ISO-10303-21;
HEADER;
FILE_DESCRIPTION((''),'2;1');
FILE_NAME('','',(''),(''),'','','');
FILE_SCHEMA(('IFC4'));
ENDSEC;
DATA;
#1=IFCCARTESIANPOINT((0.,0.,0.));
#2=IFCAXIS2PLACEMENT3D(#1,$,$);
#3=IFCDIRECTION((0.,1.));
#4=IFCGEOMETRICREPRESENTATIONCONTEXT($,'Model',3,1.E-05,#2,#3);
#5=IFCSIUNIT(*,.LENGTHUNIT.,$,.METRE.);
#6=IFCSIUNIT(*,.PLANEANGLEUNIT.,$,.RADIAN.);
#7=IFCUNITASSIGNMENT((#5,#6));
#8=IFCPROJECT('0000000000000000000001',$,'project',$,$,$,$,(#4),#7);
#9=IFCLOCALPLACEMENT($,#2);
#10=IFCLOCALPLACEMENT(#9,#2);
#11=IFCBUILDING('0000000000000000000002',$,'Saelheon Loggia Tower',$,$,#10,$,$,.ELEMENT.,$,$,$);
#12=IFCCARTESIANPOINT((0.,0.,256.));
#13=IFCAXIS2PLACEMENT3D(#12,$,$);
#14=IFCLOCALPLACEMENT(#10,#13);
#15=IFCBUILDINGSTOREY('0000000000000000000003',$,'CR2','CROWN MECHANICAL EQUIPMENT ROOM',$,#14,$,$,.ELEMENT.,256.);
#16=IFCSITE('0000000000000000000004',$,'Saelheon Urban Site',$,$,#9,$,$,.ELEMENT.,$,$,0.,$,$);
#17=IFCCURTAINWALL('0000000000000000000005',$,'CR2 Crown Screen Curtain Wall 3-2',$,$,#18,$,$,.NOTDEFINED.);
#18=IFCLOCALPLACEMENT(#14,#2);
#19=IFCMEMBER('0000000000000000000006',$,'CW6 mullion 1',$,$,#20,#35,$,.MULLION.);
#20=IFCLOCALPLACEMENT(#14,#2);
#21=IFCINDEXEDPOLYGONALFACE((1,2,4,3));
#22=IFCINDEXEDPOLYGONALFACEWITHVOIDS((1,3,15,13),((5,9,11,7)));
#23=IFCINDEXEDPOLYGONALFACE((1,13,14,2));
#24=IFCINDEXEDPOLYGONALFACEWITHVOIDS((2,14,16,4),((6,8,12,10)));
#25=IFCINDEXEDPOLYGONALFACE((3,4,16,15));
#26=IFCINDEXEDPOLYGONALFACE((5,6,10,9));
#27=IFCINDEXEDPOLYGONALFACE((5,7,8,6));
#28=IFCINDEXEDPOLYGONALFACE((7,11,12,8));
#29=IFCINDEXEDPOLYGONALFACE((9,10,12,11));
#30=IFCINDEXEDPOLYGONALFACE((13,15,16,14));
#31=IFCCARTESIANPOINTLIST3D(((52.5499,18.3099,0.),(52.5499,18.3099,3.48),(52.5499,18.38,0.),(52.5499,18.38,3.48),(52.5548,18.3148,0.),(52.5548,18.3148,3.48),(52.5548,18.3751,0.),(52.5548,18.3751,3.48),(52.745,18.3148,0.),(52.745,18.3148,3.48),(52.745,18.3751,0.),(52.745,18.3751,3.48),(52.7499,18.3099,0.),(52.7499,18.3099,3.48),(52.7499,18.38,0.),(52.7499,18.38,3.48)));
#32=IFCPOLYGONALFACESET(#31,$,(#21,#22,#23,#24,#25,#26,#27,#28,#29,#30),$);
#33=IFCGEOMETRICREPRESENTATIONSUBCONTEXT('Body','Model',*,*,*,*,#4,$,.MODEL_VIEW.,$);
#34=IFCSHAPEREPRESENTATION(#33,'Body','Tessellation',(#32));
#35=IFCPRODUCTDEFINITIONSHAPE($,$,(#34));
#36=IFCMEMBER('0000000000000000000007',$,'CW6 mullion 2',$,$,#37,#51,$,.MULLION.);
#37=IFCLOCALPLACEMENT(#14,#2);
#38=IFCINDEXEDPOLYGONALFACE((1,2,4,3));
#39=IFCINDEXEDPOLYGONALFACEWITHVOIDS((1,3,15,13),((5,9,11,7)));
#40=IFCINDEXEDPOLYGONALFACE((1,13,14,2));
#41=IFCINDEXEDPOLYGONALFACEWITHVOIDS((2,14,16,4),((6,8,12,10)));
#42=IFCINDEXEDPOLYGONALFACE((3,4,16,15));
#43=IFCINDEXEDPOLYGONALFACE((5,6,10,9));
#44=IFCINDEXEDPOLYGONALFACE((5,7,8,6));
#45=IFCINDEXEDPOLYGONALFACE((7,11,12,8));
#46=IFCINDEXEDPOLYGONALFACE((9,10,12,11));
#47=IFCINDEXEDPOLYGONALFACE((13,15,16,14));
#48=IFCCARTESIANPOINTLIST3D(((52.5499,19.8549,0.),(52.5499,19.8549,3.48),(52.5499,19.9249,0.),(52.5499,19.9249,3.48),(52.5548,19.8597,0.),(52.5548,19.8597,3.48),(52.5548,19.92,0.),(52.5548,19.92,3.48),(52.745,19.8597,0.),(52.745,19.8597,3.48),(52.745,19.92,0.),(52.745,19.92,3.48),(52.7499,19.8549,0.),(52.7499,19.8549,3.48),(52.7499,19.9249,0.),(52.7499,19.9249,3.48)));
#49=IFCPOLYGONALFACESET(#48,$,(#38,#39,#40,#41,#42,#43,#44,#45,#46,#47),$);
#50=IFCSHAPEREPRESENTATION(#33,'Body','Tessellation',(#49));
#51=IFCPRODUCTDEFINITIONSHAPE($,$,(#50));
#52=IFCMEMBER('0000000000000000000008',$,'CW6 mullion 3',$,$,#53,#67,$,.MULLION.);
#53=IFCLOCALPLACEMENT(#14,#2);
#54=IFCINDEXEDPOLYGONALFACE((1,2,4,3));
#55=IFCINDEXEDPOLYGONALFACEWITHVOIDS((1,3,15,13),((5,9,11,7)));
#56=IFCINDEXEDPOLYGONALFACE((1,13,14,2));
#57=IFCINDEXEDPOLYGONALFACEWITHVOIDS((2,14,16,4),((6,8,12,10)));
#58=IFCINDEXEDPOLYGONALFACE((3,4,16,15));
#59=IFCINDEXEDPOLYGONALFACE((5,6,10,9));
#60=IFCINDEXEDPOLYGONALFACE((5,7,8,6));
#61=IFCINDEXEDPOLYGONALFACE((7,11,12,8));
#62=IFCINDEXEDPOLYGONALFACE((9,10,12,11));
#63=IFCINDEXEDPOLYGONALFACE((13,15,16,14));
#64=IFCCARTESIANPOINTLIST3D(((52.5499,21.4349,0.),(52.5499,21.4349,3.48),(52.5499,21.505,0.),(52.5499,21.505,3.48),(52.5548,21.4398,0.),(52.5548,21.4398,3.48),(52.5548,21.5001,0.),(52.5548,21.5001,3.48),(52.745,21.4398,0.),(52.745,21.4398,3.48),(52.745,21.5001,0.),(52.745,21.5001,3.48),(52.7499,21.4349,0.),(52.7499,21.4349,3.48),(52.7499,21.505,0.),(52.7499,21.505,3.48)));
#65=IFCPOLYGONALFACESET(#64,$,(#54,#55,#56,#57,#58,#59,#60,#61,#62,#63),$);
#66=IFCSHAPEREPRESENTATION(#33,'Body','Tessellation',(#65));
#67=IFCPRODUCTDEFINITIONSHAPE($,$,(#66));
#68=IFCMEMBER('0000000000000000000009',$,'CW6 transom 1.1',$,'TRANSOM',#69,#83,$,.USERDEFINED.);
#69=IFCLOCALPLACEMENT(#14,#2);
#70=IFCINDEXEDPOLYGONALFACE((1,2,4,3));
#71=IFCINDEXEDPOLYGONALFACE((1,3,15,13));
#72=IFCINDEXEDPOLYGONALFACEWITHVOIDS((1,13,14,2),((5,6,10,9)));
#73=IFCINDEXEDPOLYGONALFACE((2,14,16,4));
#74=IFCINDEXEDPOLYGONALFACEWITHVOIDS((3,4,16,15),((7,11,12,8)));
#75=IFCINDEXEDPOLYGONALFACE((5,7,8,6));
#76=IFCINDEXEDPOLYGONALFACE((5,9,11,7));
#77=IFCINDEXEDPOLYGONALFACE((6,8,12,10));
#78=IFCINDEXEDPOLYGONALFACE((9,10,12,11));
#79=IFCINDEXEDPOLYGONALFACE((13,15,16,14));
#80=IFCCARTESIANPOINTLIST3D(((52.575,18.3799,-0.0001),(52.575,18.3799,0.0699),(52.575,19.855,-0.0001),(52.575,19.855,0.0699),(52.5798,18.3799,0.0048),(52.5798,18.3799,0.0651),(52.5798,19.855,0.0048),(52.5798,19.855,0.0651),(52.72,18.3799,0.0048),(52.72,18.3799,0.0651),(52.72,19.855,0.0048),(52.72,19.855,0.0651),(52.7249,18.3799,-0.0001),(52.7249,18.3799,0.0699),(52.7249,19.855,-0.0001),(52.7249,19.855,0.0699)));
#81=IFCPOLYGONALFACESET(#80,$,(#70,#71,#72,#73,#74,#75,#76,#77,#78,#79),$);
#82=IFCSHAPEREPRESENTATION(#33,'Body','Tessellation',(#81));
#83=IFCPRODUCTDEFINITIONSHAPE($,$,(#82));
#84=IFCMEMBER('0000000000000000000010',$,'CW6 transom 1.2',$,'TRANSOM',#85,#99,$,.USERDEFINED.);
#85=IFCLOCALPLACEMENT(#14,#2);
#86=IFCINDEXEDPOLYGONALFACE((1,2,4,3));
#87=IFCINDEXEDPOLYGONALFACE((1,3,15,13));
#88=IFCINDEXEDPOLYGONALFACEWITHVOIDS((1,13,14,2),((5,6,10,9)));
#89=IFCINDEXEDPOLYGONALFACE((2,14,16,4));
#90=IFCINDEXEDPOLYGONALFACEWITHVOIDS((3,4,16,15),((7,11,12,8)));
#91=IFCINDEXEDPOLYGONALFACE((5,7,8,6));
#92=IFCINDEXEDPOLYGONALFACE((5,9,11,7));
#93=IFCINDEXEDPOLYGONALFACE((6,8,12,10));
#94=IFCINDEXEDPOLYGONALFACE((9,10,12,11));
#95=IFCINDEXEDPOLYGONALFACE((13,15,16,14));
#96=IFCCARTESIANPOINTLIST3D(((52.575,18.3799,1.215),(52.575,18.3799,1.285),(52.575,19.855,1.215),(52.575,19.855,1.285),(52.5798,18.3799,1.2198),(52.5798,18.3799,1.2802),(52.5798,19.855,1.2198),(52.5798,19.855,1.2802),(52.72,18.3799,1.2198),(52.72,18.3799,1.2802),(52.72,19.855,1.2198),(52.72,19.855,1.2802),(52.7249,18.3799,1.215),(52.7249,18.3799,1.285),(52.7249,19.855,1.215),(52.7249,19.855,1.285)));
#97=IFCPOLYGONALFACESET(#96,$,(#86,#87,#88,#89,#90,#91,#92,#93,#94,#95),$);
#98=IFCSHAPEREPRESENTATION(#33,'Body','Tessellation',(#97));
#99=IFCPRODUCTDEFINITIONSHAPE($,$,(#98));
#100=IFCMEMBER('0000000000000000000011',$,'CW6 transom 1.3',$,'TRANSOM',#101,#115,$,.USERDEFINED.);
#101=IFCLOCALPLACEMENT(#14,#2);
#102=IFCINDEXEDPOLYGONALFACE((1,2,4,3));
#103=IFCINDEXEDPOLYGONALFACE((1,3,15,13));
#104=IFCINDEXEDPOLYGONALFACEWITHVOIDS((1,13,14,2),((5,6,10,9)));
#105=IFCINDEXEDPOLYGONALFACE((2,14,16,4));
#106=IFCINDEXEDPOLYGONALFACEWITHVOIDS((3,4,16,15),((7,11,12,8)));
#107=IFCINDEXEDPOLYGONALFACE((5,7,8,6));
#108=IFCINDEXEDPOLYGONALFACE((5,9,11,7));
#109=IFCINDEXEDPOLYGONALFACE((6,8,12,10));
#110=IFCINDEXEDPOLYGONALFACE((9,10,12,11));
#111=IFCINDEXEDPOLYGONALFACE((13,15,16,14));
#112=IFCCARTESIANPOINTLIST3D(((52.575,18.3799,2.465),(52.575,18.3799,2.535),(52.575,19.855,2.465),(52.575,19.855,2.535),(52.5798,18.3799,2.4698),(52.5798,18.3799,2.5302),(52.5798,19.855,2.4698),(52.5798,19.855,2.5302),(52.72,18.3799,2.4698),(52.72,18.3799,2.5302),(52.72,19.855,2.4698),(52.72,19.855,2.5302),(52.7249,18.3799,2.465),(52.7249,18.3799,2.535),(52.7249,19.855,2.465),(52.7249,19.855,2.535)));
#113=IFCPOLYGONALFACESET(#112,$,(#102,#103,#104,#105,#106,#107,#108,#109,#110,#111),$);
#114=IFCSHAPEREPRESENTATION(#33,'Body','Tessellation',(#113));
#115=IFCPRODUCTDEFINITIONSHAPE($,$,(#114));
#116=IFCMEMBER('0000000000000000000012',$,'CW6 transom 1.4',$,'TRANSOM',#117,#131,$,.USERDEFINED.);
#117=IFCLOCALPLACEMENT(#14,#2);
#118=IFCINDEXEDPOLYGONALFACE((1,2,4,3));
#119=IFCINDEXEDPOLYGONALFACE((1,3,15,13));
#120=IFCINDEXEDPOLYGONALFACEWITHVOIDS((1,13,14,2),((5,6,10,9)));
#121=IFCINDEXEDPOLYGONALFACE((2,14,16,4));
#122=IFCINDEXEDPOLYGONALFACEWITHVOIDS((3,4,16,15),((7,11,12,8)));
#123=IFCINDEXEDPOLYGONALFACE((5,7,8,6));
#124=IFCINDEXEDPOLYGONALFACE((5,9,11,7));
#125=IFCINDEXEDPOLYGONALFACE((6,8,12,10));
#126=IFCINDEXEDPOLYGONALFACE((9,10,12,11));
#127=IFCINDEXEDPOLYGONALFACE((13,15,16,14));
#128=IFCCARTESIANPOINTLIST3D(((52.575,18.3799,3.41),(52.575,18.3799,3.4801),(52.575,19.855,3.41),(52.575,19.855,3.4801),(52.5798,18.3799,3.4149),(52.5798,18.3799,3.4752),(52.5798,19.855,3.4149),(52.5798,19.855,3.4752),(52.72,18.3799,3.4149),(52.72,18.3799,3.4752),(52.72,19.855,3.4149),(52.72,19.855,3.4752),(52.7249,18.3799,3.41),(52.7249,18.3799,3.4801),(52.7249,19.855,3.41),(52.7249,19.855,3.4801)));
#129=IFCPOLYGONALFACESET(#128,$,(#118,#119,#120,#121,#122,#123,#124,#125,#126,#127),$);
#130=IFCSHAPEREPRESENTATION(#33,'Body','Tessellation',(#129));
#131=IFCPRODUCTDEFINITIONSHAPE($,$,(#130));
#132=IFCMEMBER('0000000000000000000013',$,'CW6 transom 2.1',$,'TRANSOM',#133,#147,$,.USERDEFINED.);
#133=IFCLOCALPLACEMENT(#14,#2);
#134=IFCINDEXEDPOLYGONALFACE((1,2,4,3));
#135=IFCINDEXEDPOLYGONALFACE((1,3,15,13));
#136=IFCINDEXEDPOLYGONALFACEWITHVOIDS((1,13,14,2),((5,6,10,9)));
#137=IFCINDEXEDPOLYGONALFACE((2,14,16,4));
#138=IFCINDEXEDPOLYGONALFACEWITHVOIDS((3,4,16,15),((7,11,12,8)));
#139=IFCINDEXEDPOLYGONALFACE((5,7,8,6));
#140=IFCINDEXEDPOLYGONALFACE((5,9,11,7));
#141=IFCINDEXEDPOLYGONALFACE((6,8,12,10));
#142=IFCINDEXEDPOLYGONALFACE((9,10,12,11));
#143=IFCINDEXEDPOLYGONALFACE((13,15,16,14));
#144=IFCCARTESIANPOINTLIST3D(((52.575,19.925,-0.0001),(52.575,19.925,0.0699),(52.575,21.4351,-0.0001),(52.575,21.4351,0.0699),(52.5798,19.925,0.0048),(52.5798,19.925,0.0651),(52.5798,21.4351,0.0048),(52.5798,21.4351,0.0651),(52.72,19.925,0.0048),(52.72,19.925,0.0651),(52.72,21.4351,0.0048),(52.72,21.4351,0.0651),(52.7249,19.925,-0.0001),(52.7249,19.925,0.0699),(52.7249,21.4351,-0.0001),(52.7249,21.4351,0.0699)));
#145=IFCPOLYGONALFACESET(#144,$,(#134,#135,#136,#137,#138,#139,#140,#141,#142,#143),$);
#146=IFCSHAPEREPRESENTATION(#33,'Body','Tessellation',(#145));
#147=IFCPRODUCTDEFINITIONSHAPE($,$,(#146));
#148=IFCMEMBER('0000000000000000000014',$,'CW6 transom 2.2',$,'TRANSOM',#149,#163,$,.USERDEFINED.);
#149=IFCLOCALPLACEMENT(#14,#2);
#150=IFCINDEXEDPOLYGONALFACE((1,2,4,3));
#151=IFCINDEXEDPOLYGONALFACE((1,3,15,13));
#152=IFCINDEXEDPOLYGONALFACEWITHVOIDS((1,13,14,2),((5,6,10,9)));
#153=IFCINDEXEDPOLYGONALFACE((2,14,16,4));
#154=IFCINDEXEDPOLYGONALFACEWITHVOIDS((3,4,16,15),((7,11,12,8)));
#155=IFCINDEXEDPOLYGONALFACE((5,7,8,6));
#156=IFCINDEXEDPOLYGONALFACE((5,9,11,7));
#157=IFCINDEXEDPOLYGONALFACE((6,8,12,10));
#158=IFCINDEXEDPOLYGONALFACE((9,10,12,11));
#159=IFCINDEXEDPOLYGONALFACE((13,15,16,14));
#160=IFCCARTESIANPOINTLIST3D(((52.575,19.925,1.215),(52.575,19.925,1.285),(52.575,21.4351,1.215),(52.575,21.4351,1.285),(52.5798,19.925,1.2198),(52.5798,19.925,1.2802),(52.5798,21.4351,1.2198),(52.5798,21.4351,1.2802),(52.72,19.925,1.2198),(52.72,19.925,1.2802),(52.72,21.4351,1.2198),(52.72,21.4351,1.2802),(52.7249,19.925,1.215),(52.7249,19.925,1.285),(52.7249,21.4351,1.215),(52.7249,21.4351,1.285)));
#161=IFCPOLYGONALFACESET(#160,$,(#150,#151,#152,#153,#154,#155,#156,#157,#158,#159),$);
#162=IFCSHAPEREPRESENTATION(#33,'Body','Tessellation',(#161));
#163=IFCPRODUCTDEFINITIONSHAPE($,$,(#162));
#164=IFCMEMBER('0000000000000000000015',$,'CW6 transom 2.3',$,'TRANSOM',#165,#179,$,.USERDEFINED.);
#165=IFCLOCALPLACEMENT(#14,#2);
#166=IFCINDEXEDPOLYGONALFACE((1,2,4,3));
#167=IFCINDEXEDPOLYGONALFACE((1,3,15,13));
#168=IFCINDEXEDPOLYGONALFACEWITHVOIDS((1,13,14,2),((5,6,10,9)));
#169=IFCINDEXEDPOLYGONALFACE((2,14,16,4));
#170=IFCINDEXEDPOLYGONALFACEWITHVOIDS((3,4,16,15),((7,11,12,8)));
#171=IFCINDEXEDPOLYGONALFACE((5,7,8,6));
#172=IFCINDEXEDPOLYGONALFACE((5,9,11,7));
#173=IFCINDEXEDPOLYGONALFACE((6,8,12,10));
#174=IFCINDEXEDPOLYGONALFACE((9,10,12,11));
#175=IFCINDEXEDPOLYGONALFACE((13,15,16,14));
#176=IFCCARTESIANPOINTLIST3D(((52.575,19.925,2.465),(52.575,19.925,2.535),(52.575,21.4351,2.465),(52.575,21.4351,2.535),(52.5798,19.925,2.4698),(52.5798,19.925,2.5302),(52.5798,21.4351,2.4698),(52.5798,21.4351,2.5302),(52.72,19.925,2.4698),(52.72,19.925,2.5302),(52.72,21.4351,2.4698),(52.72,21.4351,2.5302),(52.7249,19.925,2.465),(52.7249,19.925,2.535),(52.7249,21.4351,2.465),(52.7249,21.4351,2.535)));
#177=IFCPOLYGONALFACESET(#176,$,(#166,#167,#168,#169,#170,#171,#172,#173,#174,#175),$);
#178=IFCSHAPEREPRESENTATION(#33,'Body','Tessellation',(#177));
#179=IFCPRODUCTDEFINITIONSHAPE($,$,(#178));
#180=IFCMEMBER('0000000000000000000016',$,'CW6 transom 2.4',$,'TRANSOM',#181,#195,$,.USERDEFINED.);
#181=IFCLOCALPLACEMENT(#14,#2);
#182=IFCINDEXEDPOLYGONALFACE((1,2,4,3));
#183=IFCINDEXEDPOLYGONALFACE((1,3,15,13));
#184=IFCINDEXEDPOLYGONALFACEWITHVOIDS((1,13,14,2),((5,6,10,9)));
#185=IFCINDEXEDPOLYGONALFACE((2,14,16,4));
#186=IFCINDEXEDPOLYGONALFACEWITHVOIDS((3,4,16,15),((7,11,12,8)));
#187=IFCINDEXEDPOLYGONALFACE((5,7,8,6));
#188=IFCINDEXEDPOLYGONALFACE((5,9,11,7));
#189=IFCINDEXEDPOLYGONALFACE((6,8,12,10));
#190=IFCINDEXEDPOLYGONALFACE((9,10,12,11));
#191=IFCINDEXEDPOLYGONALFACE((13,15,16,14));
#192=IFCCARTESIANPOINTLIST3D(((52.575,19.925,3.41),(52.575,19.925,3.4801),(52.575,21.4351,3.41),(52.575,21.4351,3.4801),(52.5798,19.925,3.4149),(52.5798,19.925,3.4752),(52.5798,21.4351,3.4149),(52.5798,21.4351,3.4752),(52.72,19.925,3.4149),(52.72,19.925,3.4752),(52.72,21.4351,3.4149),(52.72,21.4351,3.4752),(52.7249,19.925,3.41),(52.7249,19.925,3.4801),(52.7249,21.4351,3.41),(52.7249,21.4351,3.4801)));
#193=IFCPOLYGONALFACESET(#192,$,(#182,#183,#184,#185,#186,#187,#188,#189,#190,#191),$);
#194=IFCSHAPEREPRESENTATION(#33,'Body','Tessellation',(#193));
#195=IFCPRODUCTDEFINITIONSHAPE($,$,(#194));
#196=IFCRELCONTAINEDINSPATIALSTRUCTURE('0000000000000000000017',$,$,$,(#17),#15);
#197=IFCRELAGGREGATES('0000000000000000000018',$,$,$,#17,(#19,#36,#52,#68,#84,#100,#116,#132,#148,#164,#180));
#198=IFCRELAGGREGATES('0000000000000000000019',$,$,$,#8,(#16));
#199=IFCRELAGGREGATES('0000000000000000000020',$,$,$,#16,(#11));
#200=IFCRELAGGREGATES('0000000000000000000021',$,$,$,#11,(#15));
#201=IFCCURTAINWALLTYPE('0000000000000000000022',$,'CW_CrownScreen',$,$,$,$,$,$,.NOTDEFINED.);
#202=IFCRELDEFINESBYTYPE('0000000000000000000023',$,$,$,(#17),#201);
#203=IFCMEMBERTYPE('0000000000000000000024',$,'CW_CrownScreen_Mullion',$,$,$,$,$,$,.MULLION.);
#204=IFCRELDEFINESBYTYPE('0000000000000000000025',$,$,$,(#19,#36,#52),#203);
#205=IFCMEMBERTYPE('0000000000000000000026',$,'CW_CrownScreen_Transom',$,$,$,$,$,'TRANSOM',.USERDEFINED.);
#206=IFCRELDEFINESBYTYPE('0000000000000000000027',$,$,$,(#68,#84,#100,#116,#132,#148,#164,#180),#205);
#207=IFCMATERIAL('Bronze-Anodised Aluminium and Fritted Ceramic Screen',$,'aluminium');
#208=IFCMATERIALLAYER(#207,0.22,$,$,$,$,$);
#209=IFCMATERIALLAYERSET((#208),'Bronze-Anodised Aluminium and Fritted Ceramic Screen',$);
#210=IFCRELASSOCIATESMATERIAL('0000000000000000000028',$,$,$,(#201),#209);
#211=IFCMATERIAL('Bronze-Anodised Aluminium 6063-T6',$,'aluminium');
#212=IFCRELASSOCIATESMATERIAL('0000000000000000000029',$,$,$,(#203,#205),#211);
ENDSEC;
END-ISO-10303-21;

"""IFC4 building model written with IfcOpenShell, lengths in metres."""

from ifc_helpers import new_model, si_unit, direction, frame, origin, origin_2d, place, context, subcontext, project, spatial, hollow_rectangle, extrude, source, transform, mapped, material, layer, layer_set, material_profile, profile_set, type_object, element, aggregate, save


model = new_model("IFC4")

# Units and contexts
model_context = context("Model", 3, precision=1e-05, world=origin(), true_north=direction((0.0, 1.0)))
body_context = subcontext(model_context, "Body", "Model", "MODEL_VIEW")
ifc_project = project(units=[si_unit("LENGTHUNIT", "METRE"), si_unit("PLANEANGLEUNIT", "RADIAN")], contexts=[model_context])

# Site, building, storey
site_placement = place(None, origin())
site = spatial("IfcSite", under=ifc_project, at=site_placement, Name="Saelheon Urban Site", CompositionType="ELEMENT", RefElevation=0.0)
building_placement = place(site_placement, origin())
building = spatial("IfcBuilding", under=site, at=building_placement, Name="Saelheon Loggia Tower", CompositionType="ELEMENT")
storey_placement = place(building_placement, frame((0.0, 0.0, 256.0)))
storey = spatial("IfcBuildingStorey", under=building, at=storey_placement, Name="CR2", Description="CROWN MECHANICAL EQUIPMENT ROOM", CompositionType="ELEMENT", Elevation=256.0)

# Curtain wall, members
ifc_material_1 = material(Name="Bronze-Anodised Aluminium and Fritted Ceramic Screen", Category="aluminium")
ifc_layer_1 = layer(ifc_material_1, 0.22)
ifc_layer_set_1 = layer_set([ifc_layer_1], Name="Bronze-Anodised Aluminium and Fritted Ceramic Screen")
curtain_wall_type = type_object("IfcCurtainWallType", Name="CW_CrownScreen", PredefinedType="NOTDEFINED", material=ifc_layer_set_1)
curtain_wall_placement = place(storey_placement, origin())
curtain_wall = element("IfcCurtainWall", 1, at=curtain_wall_placement, inside=storey, type_object=curtain_wall_type, Name="CR2 Crown Screen Curtain Wall 3-2", PredefinedType="NOTDEFINED")
ifc_material_2 = material(Name="Bronze-Anodised Aluminium 6063-T6", Category="aluminium")
ifc_material_profile_1 = material_profile(ifc_material_2, hollow_rectangle(XDim=0.0701, YDim=0.2, WallThickness=0.0049, at=origin_2d()), Name="RHS-200x70x5")
ifc_profile_set_1 = profile_set([ifc_material_profile_1], Name="Bronze-Anodised Aluminium 6063-T6")
member_type_1 = type_object("IfcMemberType", Name="CW_CrownScreen_Mullion", PredefinedType="MULLION", material=ifc_profile_set_1)
shared_shape_1 = source(origin(), body_context, "Body", "SweptSolid", [
    extrude(hollow_rectangle(XDim=0.0701, YDim=0.2, WallThickness=0.0049, at=origin_2d()), origin(), (0.0, 0.0, 1.0), 3.48),
])
member_1_placement = place(storey_placement, frame((52.6499, 18.345, 0.0), z_axis=(0.0, 0.0, 1.0), x_axis=(0.0, 1.0, 0.0)))
member_1 = element("IfcMember", 2, at=member_1_placement, type_object=member_type_1, Name="CW6 mullion 1", PredefinedType="MULLION", context=body_context, shape_type="MappedRepresentation", body=[
    mapped(shared_shape_1, transform((0.0, 0.0, 0.0), scale=1.0)),
])
member_2_placement = place(storey_placement, frame((52.6499, 19.8899, 0.0), z_axis=(0.0, 0.0, 1.0), x_axis=(0.0, 1.0, 0.0)))
member_2 = element("IfcMember", 3, at=member_2_placement, type_object=member_type_1, Name="CW6 mullion 2", PredefinedType="MULLION", context=body_context, shape_type="MappedRepresentation", body=[
    mapped(shared_shape_1, transform((0.0, 0.0, 0.0), scale=1.0)),
])
member_3_placement = place(storey_placement, frame((52.6499, 21.47, 0.0), z_axis=(0.0, 0.0, 1.0), x_axis=(0.0, 1.0, 0.0)))
member_3 = element("IfcMember", 4, at=member_3_placement, type_object=member_type_1, Name="CW6 mullion 3", PredefinedType="MULLION", context=body_context, shape_type="MappedRepresentation", body=[
    mapped(shared_shape_1, transform((0.0, 0.0, 0.0), scale=1.0)),
])
ifc_material_profile_2 = material_profile(ifc_material_2, hollow_rectangle(XDim=0.0701, YDim=0.1499, WallThickness=0.0049, at=origin_2d()), Name="RHS-150x70x5")
ifc_profile_set_2 = profile_set([ifc_material_profile_2], Name="Bronze-Anodised Aluminium 6063-T6")
member_type_2 = type_object("IfcMemberType", Name="CW_CrownScreen_Transom", ElementType="TRANSOM", PredefinedType="USERDEFINED", material=ifc_profile_set_2)
shared_shape_2 = source(origin(), body_context, "Body", "SweptSolid", [
    extrude(hollow_rectangle(XDim=0.0701, YDim=0.1499, WallThickness=0.0049, at=origin_2d()), origin(), (0.0, 0.0, 1.0), 1.4751),
])
member_4_placement = place(storey_placement, frame((52.6499, 18.3799, 0.0349), z_axis=(0.0, 1.0, 0.0), x_axis=(0.0, 0.0, 1.0)))
member_4 = element("IfcMember", 5, at=member_4_placement, type_object=member_type_2, Name="CW6 transom 1.1", ObjectType="TRANSOM", PredefinedType="USERDEFINED", context=body_context, shape_type="MappedRepresentation", body=[
    mapped(shared_shape_2, transform((0.0, 0.0, 0.0), scale=1.0)),
])
member_5_placement = place(storey_placement, frame((52.6499, 18.3799, 1.25), z_axis=(0.0, 1.0, 0.0), x_axis=(0.0, 0.0, 1.0)))
member_5 = element("IfcMember", 6, at=member_5_placement, type_object=member_type_2, Name="CW6 transom 1.2", ObjectType="TRANSOM", PredefinedType="USERDEFINED", context=body_context, shape_type="MappedRepresentation", body=[
    mapped(shared_shape_2, transform((0.0, 0.0, 0.0), scale=1.0)),
])
member_6_placement = place(storey_placement, frame((52.6499, 18.3799, 2.5), z_axis=(0.0, 1.0, 0.0), x_axis=(0.0, 0.0, 1.0)))
member_6 = element("IfcMember", 7, at=member_6_placement, type_object=member_type_2, Name="CW6 transom 1.3", ObjectType="TRANSOM", PredefinedType="USERDEFINED", context=body_context, shape_type="MappedRepresentation", body=[
    mapped(shared_shape_2, transform((0.0, 0.0, 0.0), scale=1.0)),
])
member_7_placement = place(storey_placement, frame((52.6499, 18.3799, 3.4451), z_axis=(0.0, 1.0, 0.0), x_axis=(0.0, 0.0, 1.0)))
member_7 = element("IfcMember", 8, at=member_7_placement, type_object=member_type_2, Name="CW6 transom 1.4", ObjectType="TRANSOM", PredefinedType="USERDEFINED", context=body_context, shape_type="MappedRepresentation", body=[
    mapped(shared_shape_2, transform((0.0, 0.0, 0.0), scale=1.0)),
])
shared_shape_3 = source(origin(), body_context, "Body", "SweptSolid", [
    extrude(hollow_rectangle(XDim=0.0701, YDim=0.1499, WallThickness=0.0049, at=origin_2d()), origin(), (0.0, 0.0, 1.0), 1.51),
])
member_8_placement = place(storey_placement, frame((52.6499, 19.925, 0.0349), z_axis=(0.0, 1.0, 0.0), x_axis=(0.0, 0.0, 1.0)))
member_8 = element("IfcMember", 9, at=member_8_placement, type_object=member_type_2, Name="CW6 transom 2.1", ObjectType="TRANSOM", PredefinedType="USERDEFINED", context=body_context, shape_type="MappedRepresentation", body=[
    mapped(shared_shape_3, transform((0.0, 0.0, 0.0), scale=1.0)),
])
member_9_placement = place(storey_placement, frame((52.6499, 19.925, 1.25), z_axis=(0.0, 1.0, 0.0), x_axis=(0.0, 0.0, 1.0)))
member_9 = element("IfcMember", 10, at=member_9_placement, type_object=member_type_2, Name="CW6 transom 2.2", ObjectType="TRANSOM", PredefinedType="USERDEFINED", context=body_context, shape_type="MappedRepresentation", body=[
    mapped(shared_shape_3, transform((0.0, 0.0, 0.0), scale=1.0)),
])
member_10_placement = place(storey_placement, frame((52.6499, 19.925, 2.5), z_axis=(0.0, 1.0, 0.0), x_axis=(0.0, 0.0, 1.0)))
member_10 = element("IfcMember", 11, at=member_10_placement, type_object=member_type_2, Name="CW6 transom 2.3", ObjectType="TRANSOM", PredefinedType="USERDEFINED", context=body_context, shape_type="MappedRepresentation", body=[
    mapped(shared_shape_3, transform((0.0, 0.0, 0.0), scale=1.0)),
])
member_11_placement = place(storey_placement, frame((52.6499, 19.925, 3.4451), z_axis=(0.0, 1.0, 0.0), x_axis=(0.0, 0.0, 1.0)))
member_11 = element("IfcMember", 12, at=member_11_placement, type_object=member_type_2, Name="CW6 transom 2.4", ObjectType="TRANSOM", PredefinedType="USERDEFINED", context=body_context, shape_type="MappedRepresentation", body=[
    mapped(shared_shape_3, transform((0.0, 0.0, 0.0), scale=1.0)),
])
aggregate(curtain_wall, [member_1, member_2, member_3, member_4, member_5, member_6, member_7, member_8, member_9, member_10, member_11])

save(model, "model.ifc")
